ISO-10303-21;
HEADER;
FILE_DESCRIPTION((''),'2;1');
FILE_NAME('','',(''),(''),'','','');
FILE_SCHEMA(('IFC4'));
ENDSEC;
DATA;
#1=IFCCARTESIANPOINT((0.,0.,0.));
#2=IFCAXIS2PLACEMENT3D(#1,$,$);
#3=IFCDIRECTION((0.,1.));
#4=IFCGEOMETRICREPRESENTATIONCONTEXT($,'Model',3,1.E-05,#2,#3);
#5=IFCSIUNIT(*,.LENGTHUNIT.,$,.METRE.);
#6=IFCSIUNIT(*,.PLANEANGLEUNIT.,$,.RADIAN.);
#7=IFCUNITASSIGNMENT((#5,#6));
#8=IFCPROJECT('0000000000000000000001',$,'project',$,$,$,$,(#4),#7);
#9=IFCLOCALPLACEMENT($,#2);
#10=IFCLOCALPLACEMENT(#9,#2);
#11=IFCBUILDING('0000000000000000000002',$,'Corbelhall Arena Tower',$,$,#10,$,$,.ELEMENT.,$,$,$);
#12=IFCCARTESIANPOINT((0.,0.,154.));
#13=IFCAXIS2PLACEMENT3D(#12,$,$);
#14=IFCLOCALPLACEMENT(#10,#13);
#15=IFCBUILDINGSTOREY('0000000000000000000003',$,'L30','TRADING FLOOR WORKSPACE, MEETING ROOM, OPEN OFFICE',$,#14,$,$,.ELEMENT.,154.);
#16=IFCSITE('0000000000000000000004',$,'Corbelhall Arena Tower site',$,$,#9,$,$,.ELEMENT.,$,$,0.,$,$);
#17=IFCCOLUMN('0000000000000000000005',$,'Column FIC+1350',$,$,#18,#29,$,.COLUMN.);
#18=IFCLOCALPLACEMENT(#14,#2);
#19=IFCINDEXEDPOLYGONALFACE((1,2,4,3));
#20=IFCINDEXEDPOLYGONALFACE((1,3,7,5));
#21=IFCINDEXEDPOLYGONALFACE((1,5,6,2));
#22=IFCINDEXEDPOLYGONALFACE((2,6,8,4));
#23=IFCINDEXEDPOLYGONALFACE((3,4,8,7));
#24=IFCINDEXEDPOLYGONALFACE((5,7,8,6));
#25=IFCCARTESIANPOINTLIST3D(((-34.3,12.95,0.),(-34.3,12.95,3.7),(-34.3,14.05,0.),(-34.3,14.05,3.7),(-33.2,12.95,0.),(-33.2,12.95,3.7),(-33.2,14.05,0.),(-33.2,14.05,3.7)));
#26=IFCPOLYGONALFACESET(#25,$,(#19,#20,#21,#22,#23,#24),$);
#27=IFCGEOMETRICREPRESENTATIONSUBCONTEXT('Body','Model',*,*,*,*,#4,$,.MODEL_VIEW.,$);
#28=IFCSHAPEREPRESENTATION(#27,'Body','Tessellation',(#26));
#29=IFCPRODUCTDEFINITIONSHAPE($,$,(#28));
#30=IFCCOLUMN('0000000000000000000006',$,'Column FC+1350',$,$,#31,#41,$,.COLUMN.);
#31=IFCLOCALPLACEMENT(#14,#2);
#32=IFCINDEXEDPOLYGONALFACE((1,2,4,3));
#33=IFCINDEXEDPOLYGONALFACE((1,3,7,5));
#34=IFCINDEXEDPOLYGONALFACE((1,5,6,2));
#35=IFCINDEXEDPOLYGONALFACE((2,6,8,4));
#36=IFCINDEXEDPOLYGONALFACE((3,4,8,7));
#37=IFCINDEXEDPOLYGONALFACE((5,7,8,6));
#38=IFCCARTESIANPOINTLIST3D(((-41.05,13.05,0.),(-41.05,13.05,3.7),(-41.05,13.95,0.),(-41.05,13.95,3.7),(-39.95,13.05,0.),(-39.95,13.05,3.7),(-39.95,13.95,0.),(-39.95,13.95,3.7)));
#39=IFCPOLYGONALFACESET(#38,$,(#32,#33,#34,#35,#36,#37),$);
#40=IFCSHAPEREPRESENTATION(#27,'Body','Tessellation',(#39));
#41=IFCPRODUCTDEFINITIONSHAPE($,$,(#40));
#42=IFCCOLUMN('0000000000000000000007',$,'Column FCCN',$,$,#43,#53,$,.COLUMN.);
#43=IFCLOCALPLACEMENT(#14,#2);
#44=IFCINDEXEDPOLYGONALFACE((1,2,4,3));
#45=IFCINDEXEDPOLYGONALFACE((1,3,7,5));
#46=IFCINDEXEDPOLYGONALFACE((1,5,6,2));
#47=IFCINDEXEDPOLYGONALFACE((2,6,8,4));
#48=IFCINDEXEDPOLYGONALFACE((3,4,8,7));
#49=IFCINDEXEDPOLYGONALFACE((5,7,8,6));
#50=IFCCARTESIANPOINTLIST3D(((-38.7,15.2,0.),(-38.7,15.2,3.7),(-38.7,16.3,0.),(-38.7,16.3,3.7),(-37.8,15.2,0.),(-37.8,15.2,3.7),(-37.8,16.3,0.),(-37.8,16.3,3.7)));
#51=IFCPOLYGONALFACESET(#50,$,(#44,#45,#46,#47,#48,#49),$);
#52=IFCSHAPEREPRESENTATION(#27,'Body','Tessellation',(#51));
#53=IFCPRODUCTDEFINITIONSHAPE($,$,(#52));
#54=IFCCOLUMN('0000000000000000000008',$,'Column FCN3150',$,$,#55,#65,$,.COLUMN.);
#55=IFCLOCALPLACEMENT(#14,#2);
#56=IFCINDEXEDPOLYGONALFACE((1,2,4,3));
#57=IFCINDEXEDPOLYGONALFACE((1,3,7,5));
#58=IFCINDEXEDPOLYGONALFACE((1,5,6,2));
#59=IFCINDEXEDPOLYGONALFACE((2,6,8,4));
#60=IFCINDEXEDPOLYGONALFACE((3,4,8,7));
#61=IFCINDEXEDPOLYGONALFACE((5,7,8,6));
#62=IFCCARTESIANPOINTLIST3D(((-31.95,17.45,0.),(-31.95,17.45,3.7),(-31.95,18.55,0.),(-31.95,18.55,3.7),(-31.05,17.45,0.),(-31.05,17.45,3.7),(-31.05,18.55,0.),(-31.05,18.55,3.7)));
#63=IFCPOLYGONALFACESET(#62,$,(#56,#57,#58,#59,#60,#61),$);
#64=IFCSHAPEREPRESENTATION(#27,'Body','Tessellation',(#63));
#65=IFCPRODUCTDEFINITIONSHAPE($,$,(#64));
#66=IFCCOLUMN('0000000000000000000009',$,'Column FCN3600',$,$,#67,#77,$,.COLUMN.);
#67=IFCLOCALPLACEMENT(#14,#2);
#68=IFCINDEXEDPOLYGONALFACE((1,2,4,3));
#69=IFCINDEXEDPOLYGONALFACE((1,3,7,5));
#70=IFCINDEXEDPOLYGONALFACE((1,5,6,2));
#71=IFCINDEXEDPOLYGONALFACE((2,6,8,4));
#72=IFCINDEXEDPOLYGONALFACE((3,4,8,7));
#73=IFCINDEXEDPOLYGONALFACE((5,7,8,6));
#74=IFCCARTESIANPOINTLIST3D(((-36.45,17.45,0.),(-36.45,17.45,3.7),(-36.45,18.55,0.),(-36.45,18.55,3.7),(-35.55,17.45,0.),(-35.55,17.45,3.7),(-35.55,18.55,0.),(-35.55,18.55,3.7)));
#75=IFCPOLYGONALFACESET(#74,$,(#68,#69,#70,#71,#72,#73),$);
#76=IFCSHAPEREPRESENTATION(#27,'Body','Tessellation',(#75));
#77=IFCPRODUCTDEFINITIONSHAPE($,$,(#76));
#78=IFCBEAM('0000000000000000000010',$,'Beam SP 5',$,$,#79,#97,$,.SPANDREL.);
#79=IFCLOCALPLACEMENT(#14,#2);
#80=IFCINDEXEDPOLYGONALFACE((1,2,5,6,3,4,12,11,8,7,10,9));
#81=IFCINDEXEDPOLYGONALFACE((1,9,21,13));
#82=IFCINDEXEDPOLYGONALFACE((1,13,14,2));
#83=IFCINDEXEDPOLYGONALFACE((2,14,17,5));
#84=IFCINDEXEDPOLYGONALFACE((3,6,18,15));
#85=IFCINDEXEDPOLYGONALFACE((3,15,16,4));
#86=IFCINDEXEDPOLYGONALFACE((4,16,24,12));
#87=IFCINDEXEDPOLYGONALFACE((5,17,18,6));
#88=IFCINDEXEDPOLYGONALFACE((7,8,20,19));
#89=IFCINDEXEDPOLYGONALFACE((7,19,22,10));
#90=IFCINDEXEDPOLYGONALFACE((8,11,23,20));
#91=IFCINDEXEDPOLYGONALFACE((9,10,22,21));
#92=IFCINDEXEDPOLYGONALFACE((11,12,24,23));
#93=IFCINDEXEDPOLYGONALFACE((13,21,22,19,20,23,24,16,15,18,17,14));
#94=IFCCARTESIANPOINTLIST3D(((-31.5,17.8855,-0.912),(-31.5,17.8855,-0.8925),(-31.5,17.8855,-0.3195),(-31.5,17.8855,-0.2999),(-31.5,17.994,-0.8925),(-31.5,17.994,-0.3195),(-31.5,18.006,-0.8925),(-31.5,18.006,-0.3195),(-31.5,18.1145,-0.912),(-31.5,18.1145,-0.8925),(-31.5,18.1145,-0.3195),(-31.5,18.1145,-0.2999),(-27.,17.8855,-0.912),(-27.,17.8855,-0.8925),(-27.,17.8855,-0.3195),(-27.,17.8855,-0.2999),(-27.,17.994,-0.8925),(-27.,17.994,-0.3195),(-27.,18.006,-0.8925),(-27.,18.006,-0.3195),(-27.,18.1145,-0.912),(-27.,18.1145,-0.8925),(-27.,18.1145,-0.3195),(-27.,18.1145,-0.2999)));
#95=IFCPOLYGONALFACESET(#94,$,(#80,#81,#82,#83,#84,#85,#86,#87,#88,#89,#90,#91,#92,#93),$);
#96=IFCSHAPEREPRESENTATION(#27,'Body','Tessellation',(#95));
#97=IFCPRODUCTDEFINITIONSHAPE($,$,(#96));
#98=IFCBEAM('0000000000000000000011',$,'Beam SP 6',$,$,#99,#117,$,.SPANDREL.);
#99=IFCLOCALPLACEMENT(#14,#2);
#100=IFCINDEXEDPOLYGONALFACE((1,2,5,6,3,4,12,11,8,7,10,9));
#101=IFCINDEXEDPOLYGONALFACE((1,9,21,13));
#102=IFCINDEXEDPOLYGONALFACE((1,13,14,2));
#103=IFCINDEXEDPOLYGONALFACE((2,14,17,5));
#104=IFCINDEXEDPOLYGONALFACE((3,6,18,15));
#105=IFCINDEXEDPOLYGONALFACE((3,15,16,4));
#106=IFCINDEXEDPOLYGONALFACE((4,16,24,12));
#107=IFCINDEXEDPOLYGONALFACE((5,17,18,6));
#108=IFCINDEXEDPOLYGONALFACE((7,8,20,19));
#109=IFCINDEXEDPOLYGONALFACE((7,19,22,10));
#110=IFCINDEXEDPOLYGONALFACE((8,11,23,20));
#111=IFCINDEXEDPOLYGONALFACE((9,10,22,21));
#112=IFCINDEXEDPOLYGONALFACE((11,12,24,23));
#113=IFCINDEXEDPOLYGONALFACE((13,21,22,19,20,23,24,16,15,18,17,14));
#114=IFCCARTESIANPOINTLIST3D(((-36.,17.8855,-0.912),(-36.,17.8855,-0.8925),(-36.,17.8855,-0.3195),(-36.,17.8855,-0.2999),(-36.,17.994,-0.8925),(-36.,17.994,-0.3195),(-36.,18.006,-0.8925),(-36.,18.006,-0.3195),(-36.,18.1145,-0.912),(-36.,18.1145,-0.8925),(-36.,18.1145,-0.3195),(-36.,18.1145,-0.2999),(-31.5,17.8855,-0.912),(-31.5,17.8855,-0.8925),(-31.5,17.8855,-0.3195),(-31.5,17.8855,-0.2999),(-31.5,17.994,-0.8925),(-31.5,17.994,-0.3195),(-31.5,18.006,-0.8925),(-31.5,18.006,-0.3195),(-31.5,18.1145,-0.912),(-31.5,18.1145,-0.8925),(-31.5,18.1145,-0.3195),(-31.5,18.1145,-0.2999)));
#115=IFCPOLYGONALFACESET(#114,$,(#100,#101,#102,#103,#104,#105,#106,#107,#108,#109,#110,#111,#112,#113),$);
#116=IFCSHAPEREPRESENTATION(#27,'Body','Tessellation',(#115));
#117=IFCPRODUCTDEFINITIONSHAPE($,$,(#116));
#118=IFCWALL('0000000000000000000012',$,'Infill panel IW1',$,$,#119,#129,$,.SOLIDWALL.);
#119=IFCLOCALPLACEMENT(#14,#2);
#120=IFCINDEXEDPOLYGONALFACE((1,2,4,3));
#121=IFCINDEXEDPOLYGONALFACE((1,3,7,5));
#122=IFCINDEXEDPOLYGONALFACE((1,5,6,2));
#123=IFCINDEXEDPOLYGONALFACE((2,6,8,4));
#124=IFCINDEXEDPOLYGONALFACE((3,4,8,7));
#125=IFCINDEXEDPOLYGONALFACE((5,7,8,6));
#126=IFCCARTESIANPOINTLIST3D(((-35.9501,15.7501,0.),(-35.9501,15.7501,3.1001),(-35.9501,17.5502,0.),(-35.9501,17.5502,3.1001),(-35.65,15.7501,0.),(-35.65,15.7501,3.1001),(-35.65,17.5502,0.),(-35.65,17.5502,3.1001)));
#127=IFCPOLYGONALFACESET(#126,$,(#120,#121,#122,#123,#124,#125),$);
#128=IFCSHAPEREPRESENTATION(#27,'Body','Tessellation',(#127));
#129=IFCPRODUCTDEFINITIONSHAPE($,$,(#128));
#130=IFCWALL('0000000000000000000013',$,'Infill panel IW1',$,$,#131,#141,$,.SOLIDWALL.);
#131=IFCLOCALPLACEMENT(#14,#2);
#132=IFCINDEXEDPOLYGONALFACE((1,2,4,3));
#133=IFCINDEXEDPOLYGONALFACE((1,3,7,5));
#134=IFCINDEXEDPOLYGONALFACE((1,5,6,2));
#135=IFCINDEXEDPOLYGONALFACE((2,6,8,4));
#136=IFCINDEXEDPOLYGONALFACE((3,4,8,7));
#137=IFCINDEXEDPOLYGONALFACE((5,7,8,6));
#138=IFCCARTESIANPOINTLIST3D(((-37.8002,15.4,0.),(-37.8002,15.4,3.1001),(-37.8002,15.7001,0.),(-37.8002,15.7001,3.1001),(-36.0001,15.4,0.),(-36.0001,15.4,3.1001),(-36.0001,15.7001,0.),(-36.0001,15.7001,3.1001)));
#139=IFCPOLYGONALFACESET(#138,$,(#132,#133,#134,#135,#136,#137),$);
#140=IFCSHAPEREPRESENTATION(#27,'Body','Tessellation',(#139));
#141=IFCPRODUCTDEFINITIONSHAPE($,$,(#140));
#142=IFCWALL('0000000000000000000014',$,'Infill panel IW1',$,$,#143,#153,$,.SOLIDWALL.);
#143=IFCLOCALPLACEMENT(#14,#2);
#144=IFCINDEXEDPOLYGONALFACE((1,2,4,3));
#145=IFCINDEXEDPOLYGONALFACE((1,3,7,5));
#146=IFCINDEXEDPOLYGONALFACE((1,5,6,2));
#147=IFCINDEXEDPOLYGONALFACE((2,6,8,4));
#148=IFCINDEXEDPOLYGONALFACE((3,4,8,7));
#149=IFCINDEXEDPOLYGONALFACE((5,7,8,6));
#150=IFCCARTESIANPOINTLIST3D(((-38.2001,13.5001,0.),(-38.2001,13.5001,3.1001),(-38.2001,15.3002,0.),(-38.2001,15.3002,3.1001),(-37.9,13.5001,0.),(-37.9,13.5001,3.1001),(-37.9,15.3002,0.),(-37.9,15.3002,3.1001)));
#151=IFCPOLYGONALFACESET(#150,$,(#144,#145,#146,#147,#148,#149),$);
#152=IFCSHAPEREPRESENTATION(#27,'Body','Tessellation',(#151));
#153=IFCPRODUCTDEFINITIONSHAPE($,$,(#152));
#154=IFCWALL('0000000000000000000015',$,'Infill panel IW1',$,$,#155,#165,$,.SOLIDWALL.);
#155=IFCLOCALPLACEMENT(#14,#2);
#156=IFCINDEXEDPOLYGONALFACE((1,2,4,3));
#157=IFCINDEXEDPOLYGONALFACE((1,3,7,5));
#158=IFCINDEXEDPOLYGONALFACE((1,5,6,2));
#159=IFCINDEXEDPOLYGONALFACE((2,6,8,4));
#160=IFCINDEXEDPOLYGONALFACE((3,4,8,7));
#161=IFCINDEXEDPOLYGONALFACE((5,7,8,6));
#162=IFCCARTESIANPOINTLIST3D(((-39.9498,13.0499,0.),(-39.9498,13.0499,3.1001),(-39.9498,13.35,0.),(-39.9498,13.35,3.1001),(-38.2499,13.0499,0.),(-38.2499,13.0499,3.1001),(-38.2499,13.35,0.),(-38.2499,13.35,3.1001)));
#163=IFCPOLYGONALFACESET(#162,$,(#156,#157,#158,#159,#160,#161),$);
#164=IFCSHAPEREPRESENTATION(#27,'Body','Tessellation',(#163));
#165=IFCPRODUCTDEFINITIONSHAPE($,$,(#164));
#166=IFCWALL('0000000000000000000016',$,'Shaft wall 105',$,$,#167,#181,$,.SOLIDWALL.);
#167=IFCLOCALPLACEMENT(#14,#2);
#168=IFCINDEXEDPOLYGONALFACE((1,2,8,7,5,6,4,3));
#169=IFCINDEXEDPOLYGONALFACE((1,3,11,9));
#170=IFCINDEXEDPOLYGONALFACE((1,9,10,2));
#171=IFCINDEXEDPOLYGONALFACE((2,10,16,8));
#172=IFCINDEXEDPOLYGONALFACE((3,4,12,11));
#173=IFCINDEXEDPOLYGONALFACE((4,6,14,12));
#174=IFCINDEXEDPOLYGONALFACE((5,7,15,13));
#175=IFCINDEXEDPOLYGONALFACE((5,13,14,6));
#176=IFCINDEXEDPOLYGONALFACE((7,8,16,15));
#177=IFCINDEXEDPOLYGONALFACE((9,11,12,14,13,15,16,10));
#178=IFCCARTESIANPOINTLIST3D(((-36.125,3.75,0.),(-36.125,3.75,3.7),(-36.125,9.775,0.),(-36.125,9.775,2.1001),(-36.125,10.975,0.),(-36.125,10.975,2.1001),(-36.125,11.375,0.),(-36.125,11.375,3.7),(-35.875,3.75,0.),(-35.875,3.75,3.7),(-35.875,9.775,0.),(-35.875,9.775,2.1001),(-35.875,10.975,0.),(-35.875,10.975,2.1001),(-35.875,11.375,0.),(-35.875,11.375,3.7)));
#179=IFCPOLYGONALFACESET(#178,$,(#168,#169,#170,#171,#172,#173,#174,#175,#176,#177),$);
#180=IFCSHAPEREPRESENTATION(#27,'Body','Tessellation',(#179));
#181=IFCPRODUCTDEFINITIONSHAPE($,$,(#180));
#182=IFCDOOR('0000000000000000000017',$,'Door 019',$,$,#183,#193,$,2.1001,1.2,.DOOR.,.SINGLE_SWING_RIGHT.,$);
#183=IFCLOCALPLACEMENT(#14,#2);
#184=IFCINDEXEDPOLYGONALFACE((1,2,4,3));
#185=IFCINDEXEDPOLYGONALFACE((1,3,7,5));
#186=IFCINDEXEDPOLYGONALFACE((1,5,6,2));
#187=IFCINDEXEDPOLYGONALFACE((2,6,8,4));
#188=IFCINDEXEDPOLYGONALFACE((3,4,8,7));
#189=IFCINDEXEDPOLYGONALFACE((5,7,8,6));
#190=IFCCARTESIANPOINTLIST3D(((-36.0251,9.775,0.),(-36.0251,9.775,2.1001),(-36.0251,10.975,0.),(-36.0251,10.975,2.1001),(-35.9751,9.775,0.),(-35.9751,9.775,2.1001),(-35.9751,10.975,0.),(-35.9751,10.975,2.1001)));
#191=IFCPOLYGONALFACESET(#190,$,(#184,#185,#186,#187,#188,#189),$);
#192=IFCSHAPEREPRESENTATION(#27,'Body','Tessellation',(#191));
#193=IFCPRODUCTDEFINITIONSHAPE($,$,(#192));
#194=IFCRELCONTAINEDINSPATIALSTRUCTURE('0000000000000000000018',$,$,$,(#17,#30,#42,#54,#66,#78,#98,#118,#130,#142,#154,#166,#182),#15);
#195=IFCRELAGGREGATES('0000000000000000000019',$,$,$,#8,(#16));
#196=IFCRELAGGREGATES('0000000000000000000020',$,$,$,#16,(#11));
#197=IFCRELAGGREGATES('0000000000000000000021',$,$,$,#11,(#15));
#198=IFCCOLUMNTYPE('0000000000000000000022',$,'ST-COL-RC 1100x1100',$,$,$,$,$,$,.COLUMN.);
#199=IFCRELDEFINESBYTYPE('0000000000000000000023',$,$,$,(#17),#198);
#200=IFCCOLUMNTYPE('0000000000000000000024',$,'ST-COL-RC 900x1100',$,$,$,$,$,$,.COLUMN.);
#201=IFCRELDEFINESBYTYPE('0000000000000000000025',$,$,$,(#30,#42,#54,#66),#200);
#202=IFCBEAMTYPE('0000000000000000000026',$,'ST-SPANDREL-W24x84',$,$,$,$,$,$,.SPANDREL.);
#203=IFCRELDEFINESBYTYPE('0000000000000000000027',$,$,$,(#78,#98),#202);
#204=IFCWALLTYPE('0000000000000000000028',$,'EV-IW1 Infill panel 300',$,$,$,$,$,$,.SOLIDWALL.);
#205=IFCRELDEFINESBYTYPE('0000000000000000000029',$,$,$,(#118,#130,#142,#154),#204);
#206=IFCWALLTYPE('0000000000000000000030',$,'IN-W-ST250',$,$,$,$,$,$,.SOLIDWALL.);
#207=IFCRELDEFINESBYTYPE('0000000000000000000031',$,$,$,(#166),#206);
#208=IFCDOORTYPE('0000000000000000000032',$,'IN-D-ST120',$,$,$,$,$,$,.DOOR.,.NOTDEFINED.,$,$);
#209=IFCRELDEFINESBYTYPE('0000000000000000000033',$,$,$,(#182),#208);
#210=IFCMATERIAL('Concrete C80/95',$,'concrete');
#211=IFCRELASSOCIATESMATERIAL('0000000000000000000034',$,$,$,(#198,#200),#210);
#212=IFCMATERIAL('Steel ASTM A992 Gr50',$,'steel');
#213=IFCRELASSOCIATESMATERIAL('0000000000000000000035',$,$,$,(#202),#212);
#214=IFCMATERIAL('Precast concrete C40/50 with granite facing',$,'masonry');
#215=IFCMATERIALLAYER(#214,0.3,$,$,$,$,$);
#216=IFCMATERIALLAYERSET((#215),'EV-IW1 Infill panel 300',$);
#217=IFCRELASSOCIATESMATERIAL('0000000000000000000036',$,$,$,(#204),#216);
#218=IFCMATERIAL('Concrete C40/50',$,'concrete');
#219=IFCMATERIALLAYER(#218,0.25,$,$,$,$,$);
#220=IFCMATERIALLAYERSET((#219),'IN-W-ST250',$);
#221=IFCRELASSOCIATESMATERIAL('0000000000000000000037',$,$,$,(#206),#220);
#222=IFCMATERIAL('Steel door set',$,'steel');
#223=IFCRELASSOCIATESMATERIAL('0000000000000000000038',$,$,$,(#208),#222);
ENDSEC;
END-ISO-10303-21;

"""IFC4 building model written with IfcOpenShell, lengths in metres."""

from ifc_helpers import new_model, si_unit, direction, frame, frame_2d, origin, origin_2d, place, context, subcontext, project, spatial, rectangle, i_section, extrude, material, layer, layer_set, material_profile, profile_set, type_object, element, fill, save


model = new_model("IFC4")

# Units and contexts
model_context = context("Model", 3, precision=1e-05, world=origin(), true_north=direction((0.0, 1.0)))
body_context = subcontext(model_context, "Body", "Model", "MODEL_VIEW")
ifc_project = project(units=[si_unit("LENGTHUNIT", "METRE"), si_unit("PLANEANGLEUNIT", "RADIAN")], contexts=[model_context])

# Site, building, storey
site_placement = place(None, origin())
site = spatial("IfcSite", under=ifc_project, at=site_placement, Name="Corbelhall Arena Tower site", CompositionType="ELEMENT", RefElevation=0.0)
building_placement = place(site_placement, origin())
building = spatial("IfcBuilding", under=site, at=building_placement, Name="Corbelhall Arena Tower", CompositionType="ELEMENT")
storey_placement = place(building_placement, frame((0.0, 0.0, 154.0)))
storey = spatial("IfcBuildingStorey", under=building, at=storey_placement, Name="L30", Description="TRADING FLOOR WORKSPACE, MEETING ROOM, OPEN OFFICE", CompositionType="ELEMENT", Elevation=154.0)

# Columns
ifc_material_1 = material(Name="Concrete C80/95", Category="concrete")
ifc_material_profile_1 = material_profile(ifc_material_1, rectangle(XDim=1.1001, YDim=1.1001, at=origin_2d()))
ifc_profile_set_1 = profile_set([ifc_material_profile_1], Name="Concrete C80/95")
column_type_1 = type_object("IfcColumnType", Name="ST-COL-RC 1100x1100", PredefinedType="COLUMN", material=ifc_profile_set_1)
column_placement = place(storey_placement, frame((-33.75, 13.5, 0.0), z_axis=(0.0, 0.0, 1.0), x_axis=(1.0, 0.0, 0.0)))
element("IfcColumn", 1, at=column_placement, inside=storey, type_object=column_type_1, Name="Column FIC+1350", PredefinedType="COLUMN", context=body_context, shape_type="SweptSolid", body=[
    extrude(rectangle(XDim=1.1001, YDim=1.1001, at=origin_2d()), origin(), (0.0, 0.0, 1.0), 3.7),
])
ifc_material_profile_2 = material_profile(ifc_material_1, rectangle(XDim=0.8999, YDim=1.1001, at=origin_2d()))
ifc_profile_set_2 = profile_set([ifc_material_profile_2], Name="Concrete C80/95")
column_type_2 = type_object("IfcColumnType", Name="ST-COL-RC 900x1100", PredefinedType="COLUMN", material=ifc_profile_set_2)
for number, where, z_axis, x_axis, name in (
    (2, (-40.5, 13.5, 0.0), (0.0, 0.0, 1.0), (0.0, 1.0, 0.0), "Column FC+1350"),
    (3, (-38.25, 15.75, 0.0), (0.0, 0.0, 1.0), (1.0, 0.0, 0.0), "Column FCCN"),
    (4, (-31.5, 18.0, 0.0), (0.0, 0.0, 1.0), (1.0, 0.0, 0.0), "Column FCN3150"),
    (5, (-36.0, 18.0, 0.0), (0.0, 0.0, 1.0), (1.0, 0.0, 0.0), "Column FCN3600"),
):
    element("IfcColumn", number, at=place(storey_placement, frame(where, z_axis=z_axis, x_axis=x_axis)), inside=storey, type_object=column_type_2, Name=name, PredefinedType="COLUMN", context=body_context, shape_type="SweptSolid", body=[
        extrude(rectangle(XDim=0.8999, YDim=1.1001, at=origin_2d()), origin(), (0.0, 0.0, 1.0), 3.7),
    ])

# Beams
ifc_material_2 = material(Name="Steel ASTM A992 Gr50", Category="steel")
ifc_material_profile_3 = material_profile(ifc_material_2, i_section(OverallWidth=0.229, OverallDepth=0.6121, WebThickness=0.012, FlangeThickness=0.0195, at=origin_2d()))
ifc_profile_set_3 = profile_set([ifc_material_profile_3], Name="Steel ASTM A992 Gr50")
beam_type = type_object("IfcBeamType", Name="ST-SPANDREL-W24x84", PredefinedType="SPANDREL", material=ifc_profile_set_3)
for number, where, z_axis, x_axis, name in (
    (6, (-31.5, 18.0, -0.606), (1.0, 0.0, 0.0), (0.0, 1.0, 0.0), "Beam SP 5"),
    (7, (-36.0, 18.0, -0.606), (1.0, 0.0, 0.0), (0.0, 1.0, 0.0), "Beam SP 6"),
):
    element("IfcBeam", number, at=place(storey_placement, frame(where, z_axis=z_axis, x_axis=x_axis)), inside=storey, type_object=beam_type, Name=name, PredefinedType="SPANDREL", context=body_context, shape_type="SweptSolid", body=[
        extrude(i_section(OverallWidth=0.229, OverallDepth=0.6121, WebThickness=0.012, FlangeThickness=0.0195, at=origin_2d()), origin(), (0.0, 0.0, 1.0), 4.5),
    ])

# Walls
ifc_material_3 = material(Name="Precast concrete C40/50 with granite facing", Category="masonry")
ifc_layer_1 = layer(ifc_material_3, 0.3)
ifc_layer_set_1 = layer_set([ifc_layer_1], Name="EV-IW1 Infill panel 300")
wall_type_1 = type_object("IfcWallType", Name="EV-IW1 Infill panel 300", PredefinedType="SOLIDWALL", material=ifc_layer_set_1)
for number, where, z_axis, x_axis, name in (
    (8, (-35.8, 17.55, 0.0), (0.0, 0.0, 1.0), (0.0, -1.0, 0.0), "Infill panel IW1"),
    (9, (-37.8, 15.55, 0.0), (0.0, 0.0, 1.0), (1.0, 0.0, 0.0), "Infill panel IW1"),
    (10, (-38.05, 15.3, 0.0), (0.0, 0.0, 1.0), (0.0, -1.0, 0.0), "Infill panel IW1"),
):
    element("IfcWall", number, at=place(storey_placement, frame(where, z_axis=z_axis, x_axis=x_axis)), inside=storey, type_object=wall_type_1, Name=name, PredefinedType="SOLIDWALL", context=body_context, shape_type="SweptSolid", body=[
        extrude(rectangle(XDim=1.8, YDim=0.3, at=frame_2d((0.8999, 0.0))), origin(), (0.0, 0.0, 1.0), 3.1001),
    ])
wall_1_placement = place(storey_placement, frame((-39.95, 13.2, 0.0), z_axis=(0.0, 0.0, 1.0), x_axis=(1.0, 0.0, 0.0)))
element("IfcWall", 11, at=wall_1_placement, inside=storey, type_object=wall_type_1, Name="Infill panel IW1", PredefinedType="SOLIDWALL", context=body_context, shape_type="SweptSolid", body=[
    extrude(rectangle(XDim=1.7, YDim=0.3, at=frame_2d((0.8501, 0.0))), origin(), (0.0, 0.0, 1.0), 3.1001),
])

# Wall, opening, door
ifc_material_4 = material(Name="Concrete C40/50", Category="concrete")
ifc_layer_2 = layer(ifc_material_4, 0.25)
ifc_layer_set_2 = layer_set([ifc_layer_2], Name="IN-W-ST250")
wall_type_2 = type_object("IfcWallType", Name="IN-W-ST250", PredefinedType="SOLIDWALL", material=ifc_layer_set_2)
wall_2_placement = place(storey_placement, frame((-36.0, 11.375, 0.0), z_axis=(0.0, 0.0, 1.0), x_axis=(0.0, -1.0, 0.0)))
wall_2 = element("IfcWall", 12, at=wall_2_placement, inside=storey, type_object=wall_type_2, Name="Shaft wall 105", PredefinedType="SOLIDWALL", context=body_context, shape_type="SweptSolid", body=[
    extrude(rectangle(XDim=7.625, YDim=0.25, at=frame_2d((3.8125, 0.0))), origin(), (0.0, 0.0, 1.0), 3.7),
])
opening_1_placement = place(wall_2_placement, frame((0.3999, 0.0, 0.0)))
opening_1 = element("IfcOpeningElement", 13, at=opening_1_placement, cuts=wall_2, PredefinedType="OPENING", context=body_context, shape_type="SweptSolid", body=[
    extrude(rectangle(XDim=1.2, YDim=2.1001, at=frame_2d((0.6001, 1.05))), frame((0.0, 0.125, 0.0), z_axis=(0.0, -1.0, 0.0), x_axis=(1.0, 0.0, 0.0)), (0.0, 0.0, 1.0), 0.25),
])
ifc_material_5 = material(Name="Steel door set", Category="steel")
door_type = type_object("IfcDoorType", Name="IN-D-ST120", OperationType="NOTDEFINED", PredefinedType="DOOR", material=ifc_material_5)
door_placement = place(opening_1_placement, origin())
door = element("IfcDoor", 14, at=door_placement, inside=storey, type_object=door_type, Name="Door 019", OperationType="SINGLE_SWING_RIGHT", OverallHeight=2.1001, OverallWidth=1.2, PredefinedType="DOOR", context=body_context, shape_type="SweptSolid", body=[
    extrude(rectangle(XDim=1.2, YDim=2.1001, at=frame_2d((0.6001, 1.05))), frame((0.0, 0.0249, 0.0), z_axis=(0.0, -1.0, 0.0), x_axis=(1.0, 0.0, 0.0)), (0.0, 0.0, 1.0), 0.05),
])
fill(opening_1, door)

save(model, "model.ifc")
